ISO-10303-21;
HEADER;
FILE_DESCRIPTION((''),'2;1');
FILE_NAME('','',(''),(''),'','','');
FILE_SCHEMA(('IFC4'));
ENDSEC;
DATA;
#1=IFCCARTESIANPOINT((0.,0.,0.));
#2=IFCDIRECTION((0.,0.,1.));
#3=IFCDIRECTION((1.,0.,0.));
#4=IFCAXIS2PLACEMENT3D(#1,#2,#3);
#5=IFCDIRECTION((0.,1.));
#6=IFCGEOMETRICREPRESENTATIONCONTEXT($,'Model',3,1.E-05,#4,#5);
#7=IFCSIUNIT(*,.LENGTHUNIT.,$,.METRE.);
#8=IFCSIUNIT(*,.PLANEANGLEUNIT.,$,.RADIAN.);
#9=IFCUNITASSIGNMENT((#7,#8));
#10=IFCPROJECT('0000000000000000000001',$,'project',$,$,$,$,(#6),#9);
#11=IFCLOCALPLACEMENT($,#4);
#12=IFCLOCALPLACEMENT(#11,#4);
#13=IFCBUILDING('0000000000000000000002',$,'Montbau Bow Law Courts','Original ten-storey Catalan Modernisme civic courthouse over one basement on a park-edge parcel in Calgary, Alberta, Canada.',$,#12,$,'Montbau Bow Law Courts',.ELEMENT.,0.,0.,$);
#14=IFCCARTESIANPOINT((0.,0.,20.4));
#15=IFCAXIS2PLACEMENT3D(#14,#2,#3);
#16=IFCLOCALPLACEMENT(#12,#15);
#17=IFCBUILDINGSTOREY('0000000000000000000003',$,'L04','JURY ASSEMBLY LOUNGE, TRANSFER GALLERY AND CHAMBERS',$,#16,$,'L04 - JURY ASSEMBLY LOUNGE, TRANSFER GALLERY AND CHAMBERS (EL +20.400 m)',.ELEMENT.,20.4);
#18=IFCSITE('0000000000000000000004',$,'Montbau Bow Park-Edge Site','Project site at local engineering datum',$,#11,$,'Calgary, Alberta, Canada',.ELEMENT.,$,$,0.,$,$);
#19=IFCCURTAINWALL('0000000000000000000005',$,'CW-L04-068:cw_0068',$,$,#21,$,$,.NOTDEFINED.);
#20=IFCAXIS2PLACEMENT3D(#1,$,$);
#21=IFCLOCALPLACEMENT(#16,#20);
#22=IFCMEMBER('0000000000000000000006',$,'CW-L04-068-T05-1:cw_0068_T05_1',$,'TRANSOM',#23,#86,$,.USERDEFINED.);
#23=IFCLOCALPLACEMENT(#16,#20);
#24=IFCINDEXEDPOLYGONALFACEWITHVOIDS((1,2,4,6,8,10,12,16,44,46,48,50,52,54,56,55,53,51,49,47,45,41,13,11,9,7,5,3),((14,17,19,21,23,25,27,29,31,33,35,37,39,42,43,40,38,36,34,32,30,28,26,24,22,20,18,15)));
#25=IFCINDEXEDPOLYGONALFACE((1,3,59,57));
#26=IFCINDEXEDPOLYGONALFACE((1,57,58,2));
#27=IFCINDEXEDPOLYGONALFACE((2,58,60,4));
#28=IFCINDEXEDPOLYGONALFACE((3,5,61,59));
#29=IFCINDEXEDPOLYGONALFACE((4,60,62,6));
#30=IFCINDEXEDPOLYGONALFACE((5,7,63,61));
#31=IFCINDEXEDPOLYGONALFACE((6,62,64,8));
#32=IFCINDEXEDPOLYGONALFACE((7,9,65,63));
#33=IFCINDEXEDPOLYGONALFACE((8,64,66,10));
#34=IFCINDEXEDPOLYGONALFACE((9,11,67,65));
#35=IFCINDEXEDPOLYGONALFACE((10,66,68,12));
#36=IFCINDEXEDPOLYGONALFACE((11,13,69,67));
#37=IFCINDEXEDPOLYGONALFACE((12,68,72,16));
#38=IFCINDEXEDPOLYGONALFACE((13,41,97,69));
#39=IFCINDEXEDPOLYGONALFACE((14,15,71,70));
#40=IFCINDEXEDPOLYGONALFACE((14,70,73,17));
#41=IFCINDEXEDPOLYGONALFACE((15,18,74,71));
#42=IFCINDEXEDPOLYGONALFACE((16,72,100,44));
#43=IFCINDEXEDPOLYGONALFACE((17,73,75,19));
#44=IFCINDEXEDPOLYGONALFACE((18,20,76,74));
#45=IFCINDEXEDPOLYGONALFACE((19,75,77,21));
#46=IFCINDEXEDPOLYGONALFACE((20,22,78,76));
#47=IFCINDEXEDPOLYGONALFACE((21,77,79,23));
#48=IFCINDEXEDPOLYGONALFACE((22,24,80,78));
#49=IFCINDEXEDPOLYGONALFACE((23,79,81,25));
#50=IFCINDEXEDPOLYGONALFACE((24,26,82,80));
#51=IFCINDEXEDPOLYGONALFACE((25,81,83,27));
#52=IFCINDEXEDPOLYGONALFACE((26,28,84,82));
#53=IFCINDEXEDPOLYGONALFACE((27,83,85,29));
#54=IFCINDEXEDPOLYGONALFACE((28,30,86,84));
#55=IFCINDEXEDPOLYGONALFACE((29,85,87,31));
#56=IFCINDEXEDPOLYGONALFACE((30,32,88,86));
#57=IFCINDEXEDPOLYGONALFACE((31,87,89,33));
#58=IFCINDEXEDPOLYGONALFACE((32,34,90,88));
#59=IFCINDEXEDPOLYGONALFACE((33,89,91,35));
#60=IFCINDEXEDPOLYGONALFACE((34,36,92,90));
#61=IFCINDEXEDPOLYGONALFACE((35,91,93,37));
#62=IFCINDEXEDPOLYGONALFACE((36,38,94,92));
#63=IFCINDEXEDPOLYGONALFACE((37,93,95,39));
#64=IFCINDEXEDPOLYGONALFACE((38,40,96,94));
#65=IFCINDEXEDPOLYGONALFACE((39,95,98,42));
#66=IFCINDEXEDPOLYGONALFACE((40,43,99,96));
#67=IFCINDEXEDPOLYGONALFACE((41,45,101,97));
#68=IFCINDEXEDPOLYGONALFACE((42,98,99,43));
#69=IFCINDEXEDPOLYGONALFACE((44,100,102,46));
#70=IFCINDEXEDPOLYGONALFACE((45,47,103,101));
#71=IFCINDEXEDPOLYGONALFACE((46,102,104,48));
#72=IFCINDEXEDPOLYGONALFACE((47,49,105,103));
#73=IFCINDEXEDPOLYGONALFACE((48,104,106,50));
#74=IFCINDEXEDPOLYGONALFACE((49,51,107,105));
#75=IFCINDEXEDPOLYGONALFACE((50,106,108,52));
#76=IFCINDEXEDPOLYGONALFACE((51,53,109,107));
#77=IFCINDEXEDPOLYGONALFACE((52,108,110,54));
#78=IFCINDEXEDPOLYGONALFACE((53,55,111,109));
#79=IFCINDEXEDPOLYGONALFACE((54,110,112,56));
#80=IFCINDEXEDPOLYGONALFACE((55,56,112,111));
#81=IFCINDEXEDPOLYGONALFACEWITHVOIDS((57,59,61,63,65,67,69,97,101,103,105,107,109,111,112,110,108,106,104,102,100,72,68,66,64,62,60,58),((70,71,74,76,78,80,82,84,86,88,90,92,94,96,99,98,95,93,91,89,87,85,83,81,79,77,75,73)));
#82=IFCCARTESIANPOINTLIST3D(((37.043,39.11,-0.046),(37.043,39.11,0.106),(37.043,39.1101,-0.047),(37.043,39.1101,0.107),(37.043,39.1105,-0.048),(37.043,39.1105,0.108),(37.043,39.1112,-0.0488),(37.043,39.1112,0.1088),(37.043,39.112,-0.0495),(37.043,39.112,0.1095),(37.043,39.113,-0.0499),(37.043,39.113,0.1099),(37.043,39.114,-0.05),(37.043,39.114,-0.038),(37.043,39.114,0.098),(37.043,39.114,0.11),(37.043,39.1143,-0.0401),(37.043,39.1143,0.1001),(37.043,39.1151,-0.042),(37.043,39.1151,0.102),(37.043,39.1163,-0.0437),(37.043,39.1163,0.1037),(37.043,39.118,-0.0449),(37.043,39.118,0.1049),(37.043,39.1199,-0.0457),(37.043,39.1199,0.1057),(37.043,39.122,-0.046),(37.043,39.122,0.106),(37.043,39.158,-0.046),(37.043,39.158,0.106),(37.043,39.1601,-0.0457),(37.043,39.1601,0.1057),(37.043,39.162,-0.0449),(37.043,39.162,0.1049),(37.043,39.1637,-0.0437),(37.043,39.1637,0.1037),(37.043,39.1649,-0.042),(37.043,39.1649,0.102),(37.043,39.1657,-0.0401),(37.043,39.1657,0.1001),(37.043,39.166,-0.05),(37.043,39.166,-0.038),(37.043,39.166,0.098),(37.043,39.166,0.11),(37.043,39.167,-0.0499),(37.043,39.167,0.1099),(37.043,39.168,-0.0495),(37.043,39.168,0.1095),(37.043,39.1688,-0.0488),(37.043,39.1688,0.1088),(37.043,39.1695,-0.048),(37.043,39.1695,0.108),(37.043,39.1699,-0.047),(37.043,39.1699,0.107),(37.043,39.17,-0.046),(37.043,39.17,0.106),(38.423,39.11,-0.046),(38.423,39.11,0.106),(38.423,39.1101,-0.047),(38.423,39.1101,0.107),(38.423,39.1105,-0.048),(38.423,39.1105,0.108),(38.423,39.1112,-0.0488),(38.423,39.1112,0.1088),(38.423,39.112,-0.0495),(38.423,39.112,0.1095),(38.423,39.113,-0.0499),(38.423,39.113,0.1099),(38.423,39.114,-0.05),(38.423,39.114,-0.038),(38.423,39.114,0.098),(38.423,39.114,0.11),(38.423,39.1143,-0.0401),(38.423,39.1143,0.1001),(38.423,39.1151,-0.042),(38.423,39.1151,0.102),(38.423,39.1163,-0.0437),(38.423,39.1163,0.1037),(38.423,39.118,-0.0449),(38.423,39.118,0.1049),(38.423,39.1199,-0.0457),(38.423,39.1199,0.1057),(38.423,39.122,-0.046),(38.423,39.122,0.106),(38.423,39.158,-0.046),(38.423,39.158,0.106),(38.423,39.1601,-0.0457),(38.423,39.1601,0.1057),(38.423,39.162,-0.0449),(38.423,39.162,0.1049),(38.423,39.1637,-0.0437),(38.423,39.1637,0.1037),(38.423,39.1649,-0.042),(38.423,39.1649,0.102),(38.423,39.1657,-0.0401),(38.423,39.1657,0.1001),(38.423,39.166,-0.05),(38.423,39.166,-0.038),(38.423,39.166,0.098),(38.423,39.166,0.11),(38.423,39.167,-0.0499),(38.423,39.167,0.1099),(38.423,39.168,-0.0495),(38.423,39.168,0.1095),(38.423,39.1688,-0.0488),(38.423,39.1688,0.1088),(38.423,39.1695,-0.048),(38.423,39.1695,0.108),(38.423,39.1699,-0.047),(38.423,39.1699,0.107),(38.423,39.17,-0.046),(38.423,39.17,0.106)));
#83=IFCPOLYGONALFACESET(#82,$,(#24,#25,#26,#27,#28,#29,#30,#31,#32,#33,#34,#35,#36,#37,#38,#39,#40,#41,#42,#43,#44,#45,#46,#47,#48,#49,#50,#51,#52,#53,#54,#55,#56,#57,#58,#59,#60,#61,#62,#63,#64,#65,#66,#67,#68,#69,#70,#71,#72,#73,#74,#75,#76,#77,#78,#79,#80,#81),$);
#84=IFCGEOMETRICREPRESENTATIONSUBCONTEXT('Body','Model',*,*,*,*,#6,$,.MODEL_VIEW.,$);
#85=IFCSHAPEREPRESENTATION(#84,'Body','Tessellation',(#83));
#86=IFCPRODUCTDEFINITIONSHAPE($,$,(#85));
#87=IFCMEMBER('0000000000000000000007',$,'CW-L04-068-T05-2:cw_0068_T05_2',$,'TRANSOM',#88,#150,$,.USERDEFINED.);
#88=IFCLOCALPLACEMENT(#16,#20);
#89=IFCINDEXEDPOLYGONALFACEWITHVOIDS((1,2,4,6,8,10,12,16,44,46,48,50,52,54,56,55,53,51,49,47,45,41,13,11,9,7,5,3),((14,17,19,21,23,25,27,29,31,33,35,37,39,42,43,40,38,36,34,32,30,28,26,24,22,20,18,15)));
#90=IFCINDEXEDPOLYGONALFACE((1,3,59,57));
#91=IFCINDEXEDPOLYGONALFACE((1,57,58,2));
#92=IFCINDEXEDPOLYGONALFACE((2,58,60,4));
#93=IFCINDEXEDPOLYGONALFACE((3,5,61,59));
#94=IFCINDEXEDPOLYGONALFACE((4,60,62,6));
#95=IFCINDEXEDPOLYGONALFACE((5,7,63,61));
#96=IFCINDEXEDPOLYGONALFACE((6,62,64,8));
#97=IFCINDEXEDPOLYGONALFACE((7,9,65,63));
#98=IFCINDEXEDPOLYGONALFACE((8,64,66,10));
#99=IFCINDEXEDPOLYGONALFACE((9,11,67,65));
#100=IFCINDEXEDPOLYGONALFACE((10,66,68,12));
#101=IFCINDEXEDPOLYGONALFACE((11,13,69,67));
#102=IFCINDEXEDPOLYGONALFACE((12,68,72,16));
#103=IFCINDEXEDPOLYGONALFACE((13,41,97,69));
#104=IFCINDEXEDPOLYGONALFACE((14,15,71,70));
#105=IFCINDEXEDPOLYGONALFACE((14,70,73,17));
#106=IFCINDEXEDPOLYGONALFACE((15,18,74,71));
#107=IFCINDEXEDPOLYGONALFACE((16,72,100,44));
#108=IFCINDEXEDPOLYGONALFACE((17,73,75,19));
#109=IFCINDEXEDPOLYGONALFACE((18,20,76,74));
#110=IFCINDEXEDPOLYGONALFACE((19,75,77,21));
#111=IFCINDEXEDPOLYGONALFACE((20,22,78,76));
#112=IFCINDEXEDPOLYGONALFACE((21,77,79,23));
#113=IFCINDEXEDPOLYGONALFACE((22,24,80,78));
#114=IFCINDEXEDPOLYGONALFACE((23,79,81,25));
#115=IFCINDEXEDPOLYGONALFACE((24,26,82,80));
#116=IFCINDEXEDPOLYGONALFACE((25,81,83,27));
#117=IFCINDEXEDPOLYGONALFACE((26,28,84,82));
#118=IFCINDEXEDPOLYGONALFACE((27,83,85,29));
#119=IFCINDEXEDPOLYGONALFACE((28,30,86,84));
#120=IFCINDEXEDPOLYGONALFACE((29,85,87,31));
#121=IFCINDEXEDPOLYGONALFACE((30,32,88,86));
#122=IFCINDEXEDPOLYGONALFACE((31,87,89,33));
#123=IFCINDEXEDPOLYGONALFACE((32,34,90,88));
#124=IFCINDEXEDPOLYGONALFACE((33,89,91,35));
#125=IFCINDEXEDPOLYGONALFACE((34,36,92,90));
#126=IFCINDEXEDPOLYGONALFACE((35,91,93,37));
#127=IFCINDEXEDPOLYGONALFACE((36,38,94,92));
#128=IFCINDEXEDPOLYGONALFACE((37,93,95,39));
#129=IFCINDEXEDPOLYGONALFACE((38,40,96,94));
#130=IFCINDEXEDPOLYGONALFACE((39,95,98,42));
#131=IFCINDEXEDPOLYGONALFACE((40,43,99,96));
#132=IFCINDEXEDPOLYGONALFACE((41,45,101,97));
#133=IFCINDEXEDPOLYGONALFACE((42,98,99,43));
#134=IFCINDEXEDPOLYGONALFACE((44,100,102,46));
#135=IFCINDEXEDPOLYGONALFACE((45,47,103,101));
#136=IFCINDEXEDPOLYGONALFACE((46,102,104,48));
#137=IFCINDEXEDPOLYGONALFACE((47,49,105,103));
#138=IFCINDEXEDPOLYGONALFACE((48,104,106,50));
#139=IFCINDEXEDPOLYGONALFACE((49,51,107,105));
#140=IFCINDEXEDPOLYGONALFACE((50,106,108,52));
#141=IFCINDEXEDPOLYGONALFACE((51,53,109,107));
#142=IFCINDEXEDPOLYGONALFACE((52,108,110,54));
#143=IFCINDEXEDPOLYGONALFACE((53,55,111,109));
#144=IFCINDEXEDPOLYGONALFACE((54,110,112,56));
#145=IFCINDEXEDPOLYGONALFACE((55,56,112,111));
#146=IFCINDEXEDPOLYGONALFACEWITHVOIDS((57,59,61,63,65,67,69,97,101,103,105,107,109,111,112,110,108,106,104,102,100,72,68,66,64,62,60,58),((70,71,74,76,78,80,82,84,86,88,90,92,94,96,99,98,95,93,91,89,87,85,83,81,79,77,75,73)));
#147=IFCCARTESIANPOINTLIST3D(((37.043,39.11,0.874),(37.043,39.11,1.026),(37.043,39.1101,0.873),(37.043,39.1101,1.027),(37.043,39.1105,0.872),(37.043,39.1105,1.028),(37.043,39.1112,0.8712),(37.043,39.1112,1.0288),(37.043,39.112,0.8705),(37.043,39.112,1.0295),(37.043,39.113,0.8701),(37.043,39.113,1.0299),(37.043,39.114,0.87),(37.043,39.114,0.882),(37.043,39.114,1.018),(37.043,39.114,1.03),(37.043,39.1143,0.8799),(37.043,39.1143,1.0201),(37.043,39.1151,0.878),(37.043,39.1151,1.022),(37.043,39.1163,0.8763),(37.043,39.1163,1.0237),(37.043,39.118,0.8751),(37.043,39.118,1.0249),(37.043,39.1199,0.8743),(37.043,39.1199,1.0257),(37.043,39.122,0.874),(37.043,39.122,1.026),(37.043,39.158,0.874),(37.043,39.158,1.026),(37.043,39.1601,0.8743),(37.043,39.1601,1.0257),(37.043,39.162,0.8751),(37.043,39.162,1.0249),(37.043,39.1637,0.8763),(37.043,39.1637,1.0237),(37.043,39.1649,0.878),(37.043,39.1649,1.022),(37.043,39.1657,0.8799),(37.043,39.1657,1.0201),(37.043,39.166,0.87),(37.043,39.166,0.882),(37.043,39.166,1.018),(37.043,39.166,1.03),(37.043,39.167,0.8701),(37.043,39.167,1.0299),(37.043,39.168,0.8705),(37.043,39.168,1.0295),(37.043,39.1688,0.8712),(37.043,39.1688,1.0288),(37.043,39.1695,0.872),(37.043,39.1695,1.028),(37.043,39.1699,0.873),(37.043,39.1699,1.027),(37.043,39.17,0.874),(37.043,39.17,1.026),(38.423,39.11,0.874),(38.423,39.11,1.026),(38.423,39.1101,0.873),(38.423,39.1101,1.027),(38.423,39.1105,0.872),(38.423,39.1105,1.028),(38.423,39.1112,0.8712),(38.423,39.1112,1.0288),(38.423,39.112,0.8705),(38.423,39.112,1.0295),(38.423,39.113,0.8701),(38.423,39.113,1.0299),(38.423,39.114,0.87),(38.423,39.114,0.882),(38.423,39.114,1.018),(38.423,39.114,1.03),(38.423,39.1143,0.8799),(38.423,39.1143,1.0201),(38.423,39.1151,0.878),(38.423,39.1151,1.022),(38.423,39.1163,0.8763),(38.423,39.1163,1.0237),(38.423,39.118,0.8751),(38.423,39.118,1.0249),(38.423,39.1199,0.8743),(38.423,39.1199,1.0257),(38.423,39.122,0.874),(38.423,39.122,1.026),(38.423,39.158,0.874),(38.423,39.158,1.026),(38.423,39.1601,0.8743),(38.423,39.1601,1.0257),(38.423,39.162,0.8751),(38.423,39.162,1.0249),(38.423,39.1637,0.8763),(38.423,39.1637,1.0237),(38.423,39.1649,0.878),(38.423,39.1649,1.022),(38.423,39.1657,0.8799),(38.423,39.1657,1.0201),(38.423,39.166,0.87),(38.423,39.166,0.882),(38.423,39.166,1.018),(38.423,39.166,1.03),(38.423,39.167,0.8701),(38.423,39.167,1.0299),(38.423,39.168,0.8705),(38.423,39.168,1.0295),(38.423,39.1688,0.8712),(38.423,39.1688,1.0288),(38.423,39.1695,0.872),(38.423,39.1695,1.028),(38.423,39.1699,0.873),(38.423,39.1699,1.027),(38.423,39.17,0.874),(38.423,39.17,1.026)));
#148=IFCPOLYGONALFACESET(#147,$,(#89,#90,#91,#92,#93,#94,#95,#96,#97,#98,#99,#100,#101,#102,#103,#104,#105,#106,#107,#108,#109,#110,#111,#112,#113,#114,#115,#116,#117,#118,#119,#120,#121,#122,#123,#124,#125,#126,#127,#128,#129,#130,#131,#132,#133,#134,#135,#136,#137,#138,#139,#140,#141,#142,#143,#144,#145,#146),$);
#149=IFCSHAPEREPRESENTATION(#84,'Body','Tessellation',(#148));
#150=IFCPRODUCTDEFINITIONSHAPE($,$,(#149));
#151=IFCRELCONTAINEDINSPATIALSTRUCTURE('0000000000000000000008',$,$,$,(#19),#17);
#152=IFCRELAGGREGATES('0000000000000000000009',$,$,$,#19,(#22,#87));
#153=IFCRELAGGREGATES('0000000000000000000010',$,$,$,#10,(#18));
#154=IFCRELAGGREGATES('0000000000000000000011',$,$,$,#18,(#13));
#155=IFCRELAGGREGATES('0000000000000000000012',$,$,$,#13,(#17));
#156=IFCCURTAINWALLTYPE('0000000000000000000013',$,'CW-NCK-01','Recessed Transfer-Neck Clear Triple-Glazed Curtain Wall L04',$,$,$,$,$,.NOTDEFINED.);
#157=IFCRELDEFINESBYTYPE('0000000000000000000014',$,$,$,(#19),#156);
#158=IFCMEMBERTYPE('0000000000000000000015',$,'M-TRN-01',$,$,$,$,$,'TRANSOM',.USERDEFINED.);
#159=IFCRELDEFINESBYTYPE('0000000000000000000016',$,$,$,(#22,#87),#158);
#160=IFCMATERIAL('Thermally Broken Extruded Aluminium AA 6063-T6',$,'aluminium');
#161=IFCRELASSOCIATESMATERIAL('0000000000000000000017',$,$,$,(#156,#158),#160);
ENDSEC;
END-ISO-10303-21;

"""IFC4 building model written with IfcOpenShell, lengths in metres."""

from ifc_helpers import new_model, si_unit, direction, frame, origin_with_axes, origin_2d_with_axis, place, context, subcontext, project, spatial, hollow_rectangle, extrude, material, material_profile, profile_set, type_object, element, aggregate, save


model = new_model("IFC4")

# Units and contexts
model_context = context("Model", 3, precision=1e-05, world=origin_with_axes(), true_north=direction((0.0, 1.0)))
body_context = subcontext(model_context, "Body", "Model", "MODEL_VIEW")
ifc_project = project(units=[si_unit("LENGTHUNIT", "METRE"), si_unit("PLANEANGLEUNIT", "RADIAN")], contexts=[model_context])

# Site, building, storey
site_placement = place(None, origin_with_axes())
site = spatial("IfcSite", under=ifc_project, at=site_placement, Name="Montbau Bow Park-Edge Site", Description="Project site at local engineering datum", LongName="Calgary, Alberta, Canada", CompositionType="ELEMENT", RefElevation=0.0)
building_placement = place(site_placement, origin_with_axes())
building = spatial("IfcBuilding", under=site, at=building_placement, Name="Montbau Bow Law Courts", Description="Original ten-storey Catalan Modernisme civic courthouse over one basement on a park-edge parcel in Calgary, Alberta, Canada.", LongName="Montbau Bow Law Courts", CompositionType="ELEMENT", ElevationOfRefHeight=0.0, ElevationOfTerrain=0.0)
storey_placement = place(building_placement, frame((0.0, 0.0, 20.4), z_axis=(0.0, 0.0, 1.0), x_axis=(1.0, 0.0, 0.0)))
storey = spatial("IfcBuildingStorey", under=building, at=storey_placement, Name="L04", Description="JURY ASSEMBLY LOUNGE, TRANSFER GALLERY AND CHAMBERS", LongName="L04 - JURY ASSEMBLY LOUNGE, TRANSFER GALLERY AND CHAMBERS (EL +20.400 m)", CompositionType="ELEMENT", Elevation=20.4)

# Curtain wall
ifc_material_1 = material(Name="Thermally Broken Extruded Aluminium AA 6063-T6", Category="aluminium")
curtain_wall_type = type_object("IfcCurtainWallType", Name="CW-NCK-01", Description="Recessed Transfer-Neck Clear Triple-Glazed Curtain Wall L04", PredefinedType="NOTDEFINED", material=ifc_material_1)
curtain_wall_1_placement = place(None, frame((31.115, 39.14, 20.4), z_axis=(0.0, 0.0, 1.0), x_axis=(1.0, 0.0, 0.0)))
curtain_wall_1 = element("IfcCurtainWall", 1, at=curtain_wall_1_placement, inside=storey, type_object=curtain_wall_type, Name="CW-L04-068:cw_0068", PredefinedType="NOTDEFINED")

# Members
ifc_material_profile_1 = material_profile(ifc_material_1, hollow_rectangle(XDim=0.06, YDim=0.16, WallThickness=0.004, InnerFilletRadius=0.008, OuterFilletRadius=0.004, at=origin_2d_with_axis()), Name="CWT-160X60", Category="Main", Priority=0)
ifc_profile_set_1 = profile_set([ifc_material_profile_1], Name="Thermally Broken Extruded Aluminium AA 6063-T6")
member_type_1 = type_object("IfcMemberType", Name="M-TRN-01", ElementType="TRANSOM", PredefinedType="USERDEFINED", material=ifc_profile_set_1)
member_1_placement = place(None, frame((37.043, 39.14, 20.43), z_axis=(1.0, 0.0, 0.0), x_axis=(0.0, 1.0, 0.0)))
member_1 = element("IfcMember", 2, at=member_1_placement, type_object=member_type_1, Name="CW-L04-068-T05-1:cw_0068_T05_1", ObjectType="TRANSOM", PredefinedType="USERDEFINED", context=body_context, shape_type="SweptSolid", body=[
    extrude(hollow_rectangle(XDim=0.06, YDim=0.16, WallThickness=0.004, InnerFilletRadius=0.008, OuterFilletRadius=0.004, at=origin_2d_with_axis()), origin_with_axes(), (0.0, 0.0, 1.0), 1.38),
])
member_2_placement = place(None, frame((37.043, 39.14, 21.35), z_axis=(1.0, 0.0, 0.0), x_axis=(0.0, 1.0, 0.0)))
member_2 = element("IfcMember", 3, at=member_2_placement, type_object=member_type_1, Name="CW-L04-068-T05-2:cw_0068_T05_2", ObjectType="TRANSOM", PredefinedType="USERDEFINED", context=body_context, shape_type="SweptSolid", body=[
    extrude(hollow_rectangle(XDim=0.06, YDim=0.16, WallThickness=0.004, InnerFilletRadius=0.008, OuterFilletRadius=0.004, at=origin_2d_with_axis()), origin_with_axes(), (0.0, 0.0, 1.0), 1.38),
])
aggregate(curtain_wall_1, [member_1, member_2])

save(model, "model.ifc")
